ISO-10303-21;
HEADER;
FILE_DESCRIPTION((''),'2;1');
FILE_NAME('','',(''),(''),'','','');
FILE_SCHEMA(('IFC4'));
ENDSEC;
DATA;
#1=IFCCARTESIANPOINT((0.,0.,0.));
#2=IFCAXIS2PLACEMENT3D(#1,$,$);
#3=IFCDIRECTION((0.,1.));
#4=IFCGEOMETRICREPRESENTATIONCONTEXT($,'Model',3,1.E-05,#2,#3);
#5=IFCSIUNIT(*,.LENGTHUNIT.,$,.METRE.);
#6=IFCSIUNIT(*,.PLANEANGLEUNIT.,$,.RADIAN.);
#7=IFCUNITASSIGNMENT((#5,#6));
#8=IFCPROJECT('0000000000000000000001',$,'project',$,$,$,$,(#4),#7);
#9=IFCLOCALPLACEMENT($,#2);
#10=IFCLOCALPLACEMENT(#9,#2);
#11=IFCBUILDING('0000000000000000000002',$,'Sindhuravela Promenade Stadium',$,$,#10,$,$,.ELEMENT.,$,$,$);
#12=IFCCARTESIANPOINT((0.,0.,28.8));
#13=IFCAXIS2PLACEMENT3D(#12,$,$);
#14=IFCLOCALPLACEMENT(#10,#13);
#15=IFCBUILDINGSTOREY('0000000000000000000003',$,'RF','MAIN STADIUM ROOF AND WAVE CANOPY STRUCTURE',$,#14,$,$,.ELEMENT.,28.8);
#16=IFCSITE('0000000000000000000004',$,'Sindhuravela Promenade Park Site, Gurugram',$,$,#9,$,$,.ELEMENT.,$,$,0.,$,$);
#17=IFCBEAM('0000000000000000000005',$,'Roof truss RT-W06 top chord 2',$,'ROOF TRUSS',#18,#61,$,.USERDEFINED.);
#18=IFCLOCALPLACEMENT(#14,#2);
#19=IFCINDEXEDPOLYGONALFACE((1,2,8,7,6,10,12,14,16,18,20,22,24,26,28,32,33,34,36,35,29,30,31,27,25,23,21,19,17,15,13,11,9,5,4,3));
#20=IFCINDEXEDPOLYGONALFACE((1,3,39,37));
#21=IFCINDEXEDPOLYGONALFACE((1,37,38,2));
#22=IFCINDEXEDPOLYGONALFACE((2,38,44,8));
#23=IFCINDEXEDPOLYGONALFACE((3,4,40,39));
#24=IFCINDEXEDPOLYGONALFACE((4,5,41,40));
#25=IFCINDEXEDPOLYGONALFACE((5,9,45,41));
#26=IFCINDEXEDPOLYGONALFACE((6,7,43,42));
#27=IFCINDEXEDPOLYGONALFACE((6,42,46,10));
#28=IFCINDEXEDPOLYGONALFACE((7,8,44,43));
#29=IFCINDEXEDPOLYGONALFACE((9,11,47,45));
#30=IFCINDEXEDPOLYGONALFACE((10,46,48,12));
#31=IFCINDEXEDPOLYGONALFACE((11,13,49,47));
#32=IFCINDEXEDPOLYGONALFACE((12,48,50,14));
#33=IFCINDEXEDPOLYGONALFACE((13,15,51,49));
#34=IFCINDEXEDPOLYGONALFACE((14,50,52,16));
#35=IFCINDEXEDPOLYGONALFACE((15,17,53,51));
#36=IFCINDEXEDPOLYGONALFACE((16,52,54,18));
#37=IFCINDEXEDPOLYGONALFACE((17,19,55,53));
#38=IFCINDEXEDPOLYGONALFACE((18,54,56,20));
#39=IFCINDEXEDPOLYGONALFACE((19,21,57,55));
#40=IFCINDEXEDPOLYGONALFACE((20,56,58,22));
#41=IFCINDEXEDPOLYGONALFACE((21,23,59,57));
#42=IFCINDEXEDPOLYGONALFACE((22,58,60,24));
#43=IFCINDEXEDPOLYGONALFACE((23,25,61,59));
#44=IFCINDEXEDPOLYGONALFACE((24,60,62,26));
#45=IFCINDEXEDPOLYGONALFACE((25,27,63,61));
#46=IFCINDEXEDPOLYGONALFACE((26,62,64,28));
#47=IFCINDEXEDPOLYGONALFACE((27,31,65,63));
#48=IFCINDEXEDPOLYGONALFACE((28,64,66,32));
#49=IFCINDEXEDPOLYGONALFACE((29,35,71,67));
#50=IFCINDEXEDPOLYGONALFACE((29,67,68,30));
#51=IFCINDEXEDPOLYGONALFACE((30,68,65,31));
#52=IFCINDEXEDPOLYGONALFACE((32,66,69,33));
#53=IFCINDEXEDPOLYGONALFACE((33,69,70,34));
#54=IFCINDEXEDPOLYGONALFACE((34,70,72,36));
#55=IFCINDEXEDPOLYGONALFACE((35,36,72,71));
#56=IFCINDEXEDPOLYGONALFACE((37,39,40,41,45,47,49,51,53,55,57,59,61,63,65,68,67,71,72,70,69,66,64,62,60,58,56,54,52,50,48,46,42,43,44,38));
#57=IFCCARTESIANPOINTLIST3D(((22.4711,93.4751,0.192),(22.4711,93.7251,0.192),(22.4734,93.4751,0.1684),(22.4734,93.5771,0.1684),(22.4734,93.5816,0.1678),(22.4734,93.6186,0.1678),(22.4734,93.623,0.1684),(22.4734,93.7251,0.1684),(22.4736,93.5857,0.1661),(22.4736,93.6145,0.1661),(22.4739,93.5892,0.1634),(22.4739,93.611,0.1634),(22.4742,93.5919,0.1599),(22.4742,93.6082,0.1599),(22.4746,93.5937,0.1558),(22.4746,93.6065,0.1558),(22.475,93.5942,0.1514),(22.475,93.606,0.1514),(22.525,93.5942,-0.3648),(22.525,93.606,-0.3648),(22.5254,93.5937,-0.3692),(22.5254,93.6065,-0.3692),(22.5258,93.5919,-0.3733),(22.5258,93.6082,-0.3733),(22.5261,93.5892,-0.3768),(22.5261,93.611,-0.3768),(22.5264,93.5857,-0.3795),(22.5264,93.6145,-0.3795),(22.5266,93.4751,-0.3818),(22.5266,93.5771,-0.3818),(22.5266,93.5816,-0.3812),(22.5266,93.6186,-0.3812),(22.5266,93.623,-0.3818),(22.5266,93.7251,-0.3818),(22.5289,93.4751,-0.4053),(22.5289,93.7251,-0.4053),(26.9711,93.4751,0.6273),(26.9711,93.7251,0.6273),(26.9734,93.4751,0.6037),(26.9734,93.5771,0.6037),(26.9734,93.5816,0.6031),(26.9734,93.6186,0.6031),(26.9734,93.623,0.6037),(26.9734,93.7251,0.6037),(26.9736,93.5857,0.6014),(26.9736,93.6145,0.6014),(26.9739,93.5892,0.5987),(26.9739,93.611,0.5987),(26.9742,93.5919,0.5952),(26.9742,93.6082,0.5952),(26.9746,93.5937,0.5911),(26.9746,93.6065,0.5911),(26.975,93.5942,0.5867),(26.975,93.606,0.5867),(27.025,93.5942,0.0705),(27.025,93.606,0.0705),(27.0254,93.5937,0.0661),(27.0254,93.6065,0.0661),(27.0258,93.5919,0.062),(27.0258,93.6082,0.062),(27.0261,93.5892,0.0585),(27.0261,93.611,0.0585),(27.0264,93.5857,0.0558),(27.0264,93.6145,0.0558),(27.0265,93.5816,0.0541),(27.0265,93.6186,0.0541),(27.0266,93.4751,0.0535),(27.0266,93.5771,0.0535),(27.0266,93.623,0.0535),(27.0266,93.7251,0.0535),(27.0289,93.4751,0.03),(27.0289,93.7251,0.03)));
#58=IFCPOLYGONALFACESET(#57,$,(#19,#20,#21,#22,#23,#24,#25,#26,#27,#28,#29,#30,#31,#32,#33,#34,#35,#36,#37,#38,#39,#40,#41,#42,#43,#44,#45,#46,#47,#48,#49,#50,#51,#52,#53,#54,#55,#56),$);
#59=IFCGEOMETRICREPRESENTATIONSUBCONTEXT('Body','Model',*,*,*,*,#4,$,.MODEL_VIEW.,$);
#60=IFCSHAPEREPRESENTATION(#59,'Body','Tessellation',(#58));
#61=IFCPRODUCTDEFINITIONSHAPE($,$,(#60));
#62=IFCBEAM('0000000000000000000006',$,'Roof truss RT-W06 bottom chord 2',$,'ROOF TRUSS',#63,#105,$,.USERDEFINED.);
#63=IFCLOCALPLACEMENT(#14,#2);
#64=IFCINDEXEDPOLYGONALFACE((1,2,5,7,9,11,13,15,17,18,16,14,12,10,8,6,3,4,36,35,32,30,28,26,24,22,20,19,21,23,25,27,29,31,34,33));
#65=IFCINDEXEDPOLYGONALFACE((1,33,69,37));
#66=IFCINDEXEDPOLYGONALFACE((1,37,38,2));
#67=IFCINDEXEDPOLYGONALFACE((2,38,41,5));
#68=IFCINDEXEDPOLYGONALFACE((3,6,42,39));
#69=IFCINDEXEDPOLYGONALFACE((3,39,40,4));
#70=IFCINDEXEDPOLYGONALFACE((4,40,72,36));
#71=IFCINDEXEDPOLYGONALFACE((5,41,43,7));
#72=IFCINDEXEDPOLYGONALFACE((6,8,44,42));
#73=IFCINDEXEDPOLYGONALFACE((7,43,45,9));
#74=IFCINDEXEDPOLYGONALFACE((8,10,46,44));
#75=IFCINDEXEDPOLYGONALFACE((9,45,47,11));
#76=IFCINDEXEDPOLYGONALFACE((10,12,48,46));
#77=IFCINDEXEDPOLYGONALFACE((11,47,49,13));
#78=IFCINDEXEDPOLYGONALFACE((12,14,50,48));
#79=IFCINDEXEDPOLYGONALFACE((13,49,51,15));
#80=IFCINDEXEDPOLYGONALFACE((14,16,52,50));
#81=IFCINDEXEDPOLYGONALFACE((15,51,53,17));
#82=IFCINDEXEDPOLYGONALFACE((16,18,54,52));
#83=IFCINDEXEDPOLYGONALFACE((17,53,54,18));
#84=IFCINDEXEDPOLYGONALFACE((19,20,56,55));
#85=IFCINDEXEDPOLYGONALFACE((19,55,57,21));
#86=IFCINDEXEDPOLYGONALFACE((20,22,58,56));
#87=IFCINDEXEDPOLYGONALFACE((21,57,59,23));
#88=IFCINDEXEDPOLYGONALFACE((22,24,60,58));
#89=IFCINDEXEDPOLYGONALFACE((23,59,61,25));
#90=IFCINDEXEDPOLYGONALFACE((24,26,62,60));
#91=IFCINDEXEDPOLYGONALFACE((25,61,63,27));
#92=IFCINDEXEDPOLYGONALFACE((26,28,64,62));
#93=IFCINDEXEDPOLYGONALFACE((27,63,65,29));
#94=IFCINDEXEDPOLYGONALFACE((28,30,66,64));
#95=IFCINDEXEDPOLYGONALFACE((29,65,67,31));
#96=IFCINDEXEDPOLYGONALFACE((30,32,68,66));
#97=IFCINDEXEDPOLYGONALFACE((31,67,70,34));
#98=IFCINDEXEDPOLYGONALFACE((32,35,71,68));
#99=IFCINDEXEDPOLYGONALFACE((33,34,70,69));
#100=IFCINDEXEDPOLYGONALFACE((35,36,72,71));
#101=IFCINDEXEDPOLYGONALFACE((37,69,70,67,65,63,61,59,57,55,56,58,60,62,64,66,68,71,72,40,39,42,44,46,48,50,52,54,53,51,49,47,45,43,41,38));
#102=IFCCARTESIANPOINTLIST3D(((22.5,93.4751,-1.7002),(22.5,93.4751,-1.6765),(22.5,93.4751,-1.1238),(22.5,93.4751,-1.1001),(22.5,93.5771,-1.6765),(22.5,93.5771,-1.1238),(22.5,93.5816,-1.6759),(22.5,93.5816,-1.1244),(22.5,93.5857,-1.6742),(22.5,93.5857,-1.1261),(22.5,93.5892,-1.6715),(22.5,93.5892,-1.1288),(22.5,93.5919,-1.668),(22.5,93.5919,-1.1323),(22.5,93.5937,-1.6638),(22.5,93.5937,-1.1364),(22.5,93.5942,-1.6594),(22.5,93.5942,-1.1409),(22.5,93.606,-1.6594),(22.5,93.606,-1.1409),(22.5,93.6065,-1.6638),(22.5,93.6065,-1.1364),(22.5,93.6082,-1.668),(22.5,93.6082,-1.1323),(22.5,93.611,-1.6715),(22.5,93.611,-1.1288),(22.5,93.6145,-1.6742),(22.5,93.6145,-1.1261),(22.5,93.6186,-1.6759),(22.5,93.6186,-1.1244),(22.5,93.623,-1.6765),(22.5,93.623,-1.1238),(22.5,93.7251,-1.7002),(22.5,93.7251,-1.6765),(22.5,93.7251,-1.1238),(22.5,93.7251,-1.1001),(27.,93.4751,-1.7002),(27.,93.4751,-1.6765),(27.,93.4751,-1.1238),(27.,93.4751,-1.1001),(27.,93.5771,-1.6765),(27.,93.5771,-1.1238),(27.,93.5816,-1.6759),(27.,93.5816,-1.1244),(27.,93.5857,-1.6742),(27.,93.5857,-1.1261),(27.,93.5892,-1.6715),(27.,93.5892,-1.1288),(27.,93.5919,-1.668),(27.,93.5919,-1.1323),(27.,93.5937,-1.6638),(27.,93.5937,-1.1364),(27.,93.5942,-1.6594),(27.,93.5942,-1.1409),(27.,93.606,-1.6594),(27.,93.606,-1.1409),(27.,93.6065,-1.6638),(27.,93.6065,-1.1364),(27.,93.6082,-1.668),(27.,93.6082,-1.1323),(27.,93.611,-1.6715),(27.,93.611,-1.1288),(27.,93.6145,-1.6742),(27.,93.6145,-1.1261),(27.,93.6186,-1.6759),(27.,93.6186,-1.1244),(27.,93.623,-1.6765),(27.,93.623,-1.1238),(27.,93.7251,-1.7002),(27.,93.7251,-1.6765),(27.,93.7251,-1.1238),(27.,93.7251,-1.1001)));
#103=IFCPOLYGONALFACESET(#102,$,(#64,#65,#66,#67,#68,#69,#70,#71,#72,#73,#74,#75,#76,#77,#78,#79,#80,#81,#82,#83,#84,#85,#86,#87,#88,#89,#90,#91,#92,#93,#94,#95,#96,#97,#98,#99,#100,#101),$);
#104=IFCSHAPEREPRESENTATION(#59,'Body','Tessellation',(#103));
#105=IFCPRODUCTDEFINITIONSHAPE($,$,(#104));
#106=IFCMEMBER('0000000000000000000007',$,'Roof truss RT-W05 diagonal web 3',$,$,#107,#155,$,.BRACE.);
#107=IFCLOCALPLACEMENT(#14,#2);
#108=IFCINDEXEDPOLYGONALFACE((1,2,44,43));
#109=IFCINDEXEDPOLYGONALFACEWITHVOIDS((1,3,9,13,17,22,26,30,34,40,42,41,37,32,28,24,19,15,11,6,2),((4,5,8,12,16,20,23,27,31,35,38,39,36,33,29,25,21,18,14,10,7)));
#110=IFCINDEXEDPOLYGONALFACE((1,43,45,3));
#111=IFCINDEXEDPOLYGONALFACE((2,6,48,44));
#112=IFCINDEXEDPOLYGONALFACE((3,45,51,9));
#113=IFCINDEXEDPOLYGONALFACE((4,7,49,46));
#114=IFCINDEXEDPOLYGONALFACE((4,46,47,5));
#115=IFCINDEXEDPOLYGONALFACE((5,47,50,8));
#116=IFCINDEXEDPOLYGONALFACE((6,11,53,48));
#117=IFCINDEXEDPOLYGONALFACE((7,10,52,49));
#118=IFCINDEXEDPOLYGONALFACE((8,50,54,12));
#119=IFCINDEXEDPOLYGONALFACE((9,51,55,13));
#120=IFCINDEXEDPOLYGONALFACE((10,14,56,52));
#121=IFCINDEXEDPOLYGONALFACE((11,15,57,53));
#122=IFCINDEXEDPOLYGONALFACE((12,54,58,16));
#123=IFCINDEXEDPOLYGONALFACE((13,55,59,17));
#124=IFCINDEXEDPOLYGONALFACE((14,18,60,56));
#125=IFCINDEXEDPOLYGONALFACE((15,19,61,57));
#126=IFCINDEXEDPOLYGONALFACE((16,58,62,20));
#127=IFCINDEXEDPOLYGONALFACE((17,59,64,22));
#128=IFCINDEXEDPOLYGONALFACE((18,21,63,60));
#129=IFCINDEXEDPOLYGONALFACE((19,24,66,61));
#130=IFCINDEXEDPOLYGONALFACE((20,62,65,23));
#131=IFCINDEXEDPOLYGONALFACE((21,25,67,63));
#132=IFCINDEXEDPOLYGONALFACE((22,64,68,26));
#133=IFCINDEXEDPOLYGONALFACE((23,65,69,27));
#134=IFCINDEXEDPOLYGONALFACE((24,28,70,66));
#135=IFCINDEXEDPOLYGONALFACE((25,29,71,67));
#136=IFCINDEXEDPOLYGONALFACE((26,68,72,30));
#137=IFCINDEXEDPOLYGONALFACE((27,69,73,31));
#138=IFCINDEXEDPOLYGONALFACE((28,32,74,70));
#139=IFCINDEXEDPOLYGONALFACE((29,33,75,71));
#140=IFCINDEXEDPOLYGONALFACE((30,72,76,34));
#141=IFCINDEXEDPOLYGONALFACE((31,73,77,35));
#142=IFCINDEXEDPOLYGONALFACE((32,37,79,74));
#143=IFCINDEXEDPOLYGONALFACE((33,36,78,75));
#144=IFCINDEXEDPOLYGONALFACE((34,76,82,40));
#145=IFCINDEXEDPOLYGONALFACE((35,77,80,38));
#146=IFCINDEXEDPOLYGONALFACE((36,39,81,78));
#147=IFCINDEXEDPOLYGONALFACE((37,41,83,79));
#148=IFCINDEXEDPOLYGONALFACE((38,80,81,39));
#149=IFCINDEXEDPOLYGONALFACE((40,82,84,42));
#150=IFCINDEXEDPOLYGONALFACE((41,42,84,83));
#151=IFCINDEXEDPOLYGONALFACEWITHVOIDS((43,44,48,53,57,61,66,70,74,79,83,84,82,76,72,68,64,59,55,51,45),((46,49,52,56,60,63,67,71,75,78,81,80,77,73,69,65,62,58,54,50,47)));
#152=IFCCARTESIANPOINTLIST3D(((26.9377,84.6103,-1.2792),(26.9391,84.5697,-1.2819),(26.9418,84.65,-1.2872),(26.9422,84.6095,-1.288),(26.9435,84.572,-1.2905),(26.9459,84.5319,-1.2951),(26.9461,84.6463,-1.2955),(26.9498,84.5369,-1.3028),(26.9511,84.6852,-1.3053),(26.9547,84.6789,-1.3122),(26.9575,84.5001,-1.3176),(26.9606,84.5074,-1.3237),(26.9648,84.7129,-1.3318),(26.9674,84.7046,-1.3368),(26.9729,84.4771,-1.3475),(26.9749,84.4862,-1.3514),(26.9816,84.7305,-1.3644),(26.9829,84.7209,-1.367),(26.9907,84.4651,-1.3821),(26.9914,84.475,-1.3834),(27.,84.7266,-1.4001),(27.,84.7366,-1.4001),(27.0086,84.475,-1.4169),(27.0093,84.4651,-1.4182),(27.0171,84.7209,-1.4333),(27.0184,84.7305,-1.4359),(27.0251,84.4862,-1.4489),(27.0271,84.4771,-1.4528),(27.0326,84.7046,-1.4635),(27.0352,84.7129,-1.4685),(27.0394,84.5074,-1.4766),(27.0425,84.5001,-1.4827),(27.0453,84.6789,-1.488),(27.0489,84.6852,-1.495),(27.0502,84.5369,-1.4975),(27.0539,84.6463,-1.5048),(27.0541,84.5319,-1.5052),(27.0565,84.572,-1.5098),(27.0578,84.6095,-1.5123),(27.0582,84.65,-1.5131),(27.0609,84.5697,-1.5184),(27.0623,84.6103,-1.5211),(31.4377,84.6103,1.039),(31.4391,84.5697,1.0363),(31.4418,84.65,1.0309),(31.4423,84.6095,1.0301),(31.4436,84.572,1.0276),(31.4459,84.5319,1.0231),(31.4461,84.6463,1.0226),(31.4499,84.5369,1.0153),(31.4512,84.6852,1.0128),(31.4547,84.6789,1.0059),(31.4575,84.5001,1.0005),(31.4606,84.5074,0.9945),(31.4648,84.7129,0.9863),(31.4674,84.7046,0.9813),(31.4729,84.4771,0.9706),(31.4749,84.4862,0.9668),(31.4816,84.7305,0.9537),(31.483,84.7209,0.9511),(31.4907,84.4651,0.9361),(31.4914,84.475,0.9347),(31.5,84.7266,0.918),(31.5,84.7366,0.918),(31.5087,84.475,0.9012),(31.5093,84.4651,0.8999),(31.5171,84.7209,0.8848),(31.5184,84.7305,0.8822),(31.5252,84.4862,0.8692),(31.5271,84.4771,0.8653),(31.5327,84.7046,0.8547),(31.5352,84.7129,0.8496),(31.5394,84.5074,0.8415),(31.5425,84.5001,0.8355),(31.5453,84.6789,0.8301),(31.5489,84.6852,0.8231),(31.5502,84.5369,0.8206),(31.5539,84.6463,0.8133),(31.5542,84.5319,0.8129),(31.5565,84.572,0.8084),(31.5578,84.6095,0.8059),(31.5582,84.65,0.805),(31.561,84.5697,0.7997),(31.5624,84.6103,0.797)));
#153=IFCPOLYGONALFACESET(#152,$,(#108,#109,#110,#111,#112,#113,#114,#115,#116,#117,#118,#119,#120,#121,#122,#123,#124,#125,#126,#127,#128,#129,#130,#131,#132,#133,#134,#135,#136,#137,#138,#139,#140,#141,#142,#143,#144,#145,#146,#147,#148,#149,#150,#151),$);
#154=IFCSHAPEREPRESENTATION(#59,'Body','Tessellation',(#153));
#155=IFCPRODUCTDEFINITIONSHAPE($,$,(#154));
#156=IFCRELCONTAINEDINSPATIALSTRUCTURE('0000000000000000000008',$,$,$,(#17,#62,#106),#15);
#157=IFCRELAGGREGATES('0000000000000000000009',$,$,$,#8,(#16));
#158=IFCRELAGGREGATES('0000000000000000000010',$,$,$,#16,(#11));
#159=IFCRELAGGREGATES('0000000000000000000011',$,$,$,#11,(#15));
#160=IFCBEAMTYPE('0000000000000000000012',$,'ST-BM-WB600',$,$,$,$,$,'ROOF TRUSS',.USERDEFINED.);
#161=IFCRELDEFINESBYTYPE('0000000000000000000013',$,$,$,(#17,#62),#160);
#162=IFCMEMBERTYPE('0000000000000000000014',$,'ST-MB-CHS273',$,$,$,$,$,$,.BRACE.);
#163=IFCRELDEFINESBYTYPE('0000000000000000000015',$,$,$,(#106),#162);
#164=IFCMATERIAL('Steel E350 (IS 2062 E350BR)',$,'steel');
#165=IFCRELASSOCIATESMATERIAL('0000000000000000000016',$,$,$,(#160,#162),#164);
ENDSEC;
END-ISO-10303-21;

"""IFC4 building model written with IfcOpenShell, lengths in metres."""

from ifc_helpers import new_model, si_unit, direction, frame, origin, origin_2d, place, context, subcontext, project, spatial, hollow_circle, i_section, extrude, material, material_profile, profile_set, type_object, element, save


model = new_model("IFC4")

# Units and contexts
model_context = context("Model", 3, precision=1e-05, world=origin(), true_north=direction((0.0, 1.0)))
body_context = subcontext(model_context, "Body", "Model", "MODEL_VIEW")
ifc_project = project(units=[si_unit("LENGTHUNIT", "METRE"), si_unit("PLANEANGLEUNIT", "RADIAN")], contexts=[model_context])

# Site, building, storey
site_placement = place(None, origin())
site = spatial("IfcSite", under=ifc_project, at=site_placement, Name="Sindhuravela Promenade Park Site, Gurugram", CompositionType="ELEMENT", RefElevation=0.0)
building_placement = place(site_placement, origin())
building = spatial("IfcBuilding", under=site, at=building_placement, Name="Sindhuravela Promenade Stadium", CompositionType="ELEMENT")
storey_placement = place(building_placement, frame((0.0, 0.0, 28.8)))
storey = spatial("IfcBuildingStorey", under=building, at=storey_placement, Name="RF", Description="MAIN STADIUM ROOF AND WAVE CANOPY STRUCTURE", CompositionType="ELEMENT", Elevation=28.8)

# Beams
ifc_material_1 = material(Name="Steel E350 (IS 2062 E350BR)", Category="steel")
ifc_material_profile_1 = material_profile(ifc_material_1, i_section(OverallWidth=0.25, OverallDepth=0.6001, WebThickness=0.0117, FlangeThickness=0.0237, FilletRadius=0.0171, at=origin_2d()), Name="ISWB 600")
ifc_profile_set_1 = profile_set([ifc_material_profile_1], Name="Steel E350 (IS 2062 E350BR)")
beam_type = type_object("IfcBeamType", Name="ST-BM-WB600", ElementType="ROOF TRUSS", PredefinedType="USERDEFINED", material=ifc_profile_set_1)
beam_1_placement = place(storey_placement, frame((22.5, 93.6001, -0.1067), z_axis=(0.995354, 0.0, 0.096285), x_axis=(0.0, 1.0, 0.0)))
element("IfcBeam", 1, at=beam_1_placement, inside=storey, type_object=beam_type, Name="Roof truss RT-W06 top chord 2", ObjectType="ROOF TRUSS", PredefinedType="USERDEFINED", context=body_context, shape_type="SweptSolid", body=[
    extrude(i_section(OverallWidth=0.25, OverallDepth=0.6001, WebThickness=0.0117, FlangeThickness=0.0237, FilletRadius=0.0171, at=origin_2d()), origin(), (0.0, 0.0, 1.0), 4.521),
])
beam_2_placement = place(storey_placement, frame((22.5, 93.6001, -1.4001), z_axis=(1.0, 0.0, 0.0), x_axis=(0.0, 1.0, 0.0)))
element("IfcBeam", 2, at=beam_2_placement, inside=storey, type_object=beam_type, Name="Roof truss RT-W06 bottom chord 2", ObjectType="ROOF TRUSS", PredefinedType="USERDEFINED", context=body_context, shape_type="SweptSolid", body=[
    extrude(i_section(OverallWidth=0.25, OverallDepth=0.6001, WebThickness=0.0117, FlangeThickness=0.0237, FilletRadius=0.0171, at=origin_2d()), origin(), (0.0, 0.0, 1.0), 4.5),
])

# Member
ifc_material_profile_2 = material_profile(ifc_material_1, hollow_circle(Radius=0.1365, WallThickness=0.01, at=origin_2d()), Name="CHS 273.0x10")
ifc_profile_set_2 = profile_set([ifc_material_profile_2], Name="Steel E350 (IS 2062 E350BR)")
member_type_1 = type_object("IfcMemberType", Name="ST-MB-CHS273", PredefinedType="BRACE", material=ifc_profile_set_2)
for number, where, z_axis, x_axis, name in (
    (3, (27.0, 84.6001, -1.4001), (0.88898, 0.0, 0.457946), (0.0, 1.0, 0.0), "Roof truss RT-W05 diagonal web 3"),
):
    element("IfcMember", number, at=place(storey_placement, frame(where, z_axis=z_axis, x_axis=x_axis)), inside=storey, type_object=member_type_1, Name=name, PredefinedType="BRACE", context=body_context, shape_type="SweptSolid", body=[
        extrude(hollow_circle(Radius=0.1365, WallThickness=0.01, at=origin_2d()), origin(), (0.0, 0.0, 1.0), 5.062),
    ])

save(model, "model.ifc")
